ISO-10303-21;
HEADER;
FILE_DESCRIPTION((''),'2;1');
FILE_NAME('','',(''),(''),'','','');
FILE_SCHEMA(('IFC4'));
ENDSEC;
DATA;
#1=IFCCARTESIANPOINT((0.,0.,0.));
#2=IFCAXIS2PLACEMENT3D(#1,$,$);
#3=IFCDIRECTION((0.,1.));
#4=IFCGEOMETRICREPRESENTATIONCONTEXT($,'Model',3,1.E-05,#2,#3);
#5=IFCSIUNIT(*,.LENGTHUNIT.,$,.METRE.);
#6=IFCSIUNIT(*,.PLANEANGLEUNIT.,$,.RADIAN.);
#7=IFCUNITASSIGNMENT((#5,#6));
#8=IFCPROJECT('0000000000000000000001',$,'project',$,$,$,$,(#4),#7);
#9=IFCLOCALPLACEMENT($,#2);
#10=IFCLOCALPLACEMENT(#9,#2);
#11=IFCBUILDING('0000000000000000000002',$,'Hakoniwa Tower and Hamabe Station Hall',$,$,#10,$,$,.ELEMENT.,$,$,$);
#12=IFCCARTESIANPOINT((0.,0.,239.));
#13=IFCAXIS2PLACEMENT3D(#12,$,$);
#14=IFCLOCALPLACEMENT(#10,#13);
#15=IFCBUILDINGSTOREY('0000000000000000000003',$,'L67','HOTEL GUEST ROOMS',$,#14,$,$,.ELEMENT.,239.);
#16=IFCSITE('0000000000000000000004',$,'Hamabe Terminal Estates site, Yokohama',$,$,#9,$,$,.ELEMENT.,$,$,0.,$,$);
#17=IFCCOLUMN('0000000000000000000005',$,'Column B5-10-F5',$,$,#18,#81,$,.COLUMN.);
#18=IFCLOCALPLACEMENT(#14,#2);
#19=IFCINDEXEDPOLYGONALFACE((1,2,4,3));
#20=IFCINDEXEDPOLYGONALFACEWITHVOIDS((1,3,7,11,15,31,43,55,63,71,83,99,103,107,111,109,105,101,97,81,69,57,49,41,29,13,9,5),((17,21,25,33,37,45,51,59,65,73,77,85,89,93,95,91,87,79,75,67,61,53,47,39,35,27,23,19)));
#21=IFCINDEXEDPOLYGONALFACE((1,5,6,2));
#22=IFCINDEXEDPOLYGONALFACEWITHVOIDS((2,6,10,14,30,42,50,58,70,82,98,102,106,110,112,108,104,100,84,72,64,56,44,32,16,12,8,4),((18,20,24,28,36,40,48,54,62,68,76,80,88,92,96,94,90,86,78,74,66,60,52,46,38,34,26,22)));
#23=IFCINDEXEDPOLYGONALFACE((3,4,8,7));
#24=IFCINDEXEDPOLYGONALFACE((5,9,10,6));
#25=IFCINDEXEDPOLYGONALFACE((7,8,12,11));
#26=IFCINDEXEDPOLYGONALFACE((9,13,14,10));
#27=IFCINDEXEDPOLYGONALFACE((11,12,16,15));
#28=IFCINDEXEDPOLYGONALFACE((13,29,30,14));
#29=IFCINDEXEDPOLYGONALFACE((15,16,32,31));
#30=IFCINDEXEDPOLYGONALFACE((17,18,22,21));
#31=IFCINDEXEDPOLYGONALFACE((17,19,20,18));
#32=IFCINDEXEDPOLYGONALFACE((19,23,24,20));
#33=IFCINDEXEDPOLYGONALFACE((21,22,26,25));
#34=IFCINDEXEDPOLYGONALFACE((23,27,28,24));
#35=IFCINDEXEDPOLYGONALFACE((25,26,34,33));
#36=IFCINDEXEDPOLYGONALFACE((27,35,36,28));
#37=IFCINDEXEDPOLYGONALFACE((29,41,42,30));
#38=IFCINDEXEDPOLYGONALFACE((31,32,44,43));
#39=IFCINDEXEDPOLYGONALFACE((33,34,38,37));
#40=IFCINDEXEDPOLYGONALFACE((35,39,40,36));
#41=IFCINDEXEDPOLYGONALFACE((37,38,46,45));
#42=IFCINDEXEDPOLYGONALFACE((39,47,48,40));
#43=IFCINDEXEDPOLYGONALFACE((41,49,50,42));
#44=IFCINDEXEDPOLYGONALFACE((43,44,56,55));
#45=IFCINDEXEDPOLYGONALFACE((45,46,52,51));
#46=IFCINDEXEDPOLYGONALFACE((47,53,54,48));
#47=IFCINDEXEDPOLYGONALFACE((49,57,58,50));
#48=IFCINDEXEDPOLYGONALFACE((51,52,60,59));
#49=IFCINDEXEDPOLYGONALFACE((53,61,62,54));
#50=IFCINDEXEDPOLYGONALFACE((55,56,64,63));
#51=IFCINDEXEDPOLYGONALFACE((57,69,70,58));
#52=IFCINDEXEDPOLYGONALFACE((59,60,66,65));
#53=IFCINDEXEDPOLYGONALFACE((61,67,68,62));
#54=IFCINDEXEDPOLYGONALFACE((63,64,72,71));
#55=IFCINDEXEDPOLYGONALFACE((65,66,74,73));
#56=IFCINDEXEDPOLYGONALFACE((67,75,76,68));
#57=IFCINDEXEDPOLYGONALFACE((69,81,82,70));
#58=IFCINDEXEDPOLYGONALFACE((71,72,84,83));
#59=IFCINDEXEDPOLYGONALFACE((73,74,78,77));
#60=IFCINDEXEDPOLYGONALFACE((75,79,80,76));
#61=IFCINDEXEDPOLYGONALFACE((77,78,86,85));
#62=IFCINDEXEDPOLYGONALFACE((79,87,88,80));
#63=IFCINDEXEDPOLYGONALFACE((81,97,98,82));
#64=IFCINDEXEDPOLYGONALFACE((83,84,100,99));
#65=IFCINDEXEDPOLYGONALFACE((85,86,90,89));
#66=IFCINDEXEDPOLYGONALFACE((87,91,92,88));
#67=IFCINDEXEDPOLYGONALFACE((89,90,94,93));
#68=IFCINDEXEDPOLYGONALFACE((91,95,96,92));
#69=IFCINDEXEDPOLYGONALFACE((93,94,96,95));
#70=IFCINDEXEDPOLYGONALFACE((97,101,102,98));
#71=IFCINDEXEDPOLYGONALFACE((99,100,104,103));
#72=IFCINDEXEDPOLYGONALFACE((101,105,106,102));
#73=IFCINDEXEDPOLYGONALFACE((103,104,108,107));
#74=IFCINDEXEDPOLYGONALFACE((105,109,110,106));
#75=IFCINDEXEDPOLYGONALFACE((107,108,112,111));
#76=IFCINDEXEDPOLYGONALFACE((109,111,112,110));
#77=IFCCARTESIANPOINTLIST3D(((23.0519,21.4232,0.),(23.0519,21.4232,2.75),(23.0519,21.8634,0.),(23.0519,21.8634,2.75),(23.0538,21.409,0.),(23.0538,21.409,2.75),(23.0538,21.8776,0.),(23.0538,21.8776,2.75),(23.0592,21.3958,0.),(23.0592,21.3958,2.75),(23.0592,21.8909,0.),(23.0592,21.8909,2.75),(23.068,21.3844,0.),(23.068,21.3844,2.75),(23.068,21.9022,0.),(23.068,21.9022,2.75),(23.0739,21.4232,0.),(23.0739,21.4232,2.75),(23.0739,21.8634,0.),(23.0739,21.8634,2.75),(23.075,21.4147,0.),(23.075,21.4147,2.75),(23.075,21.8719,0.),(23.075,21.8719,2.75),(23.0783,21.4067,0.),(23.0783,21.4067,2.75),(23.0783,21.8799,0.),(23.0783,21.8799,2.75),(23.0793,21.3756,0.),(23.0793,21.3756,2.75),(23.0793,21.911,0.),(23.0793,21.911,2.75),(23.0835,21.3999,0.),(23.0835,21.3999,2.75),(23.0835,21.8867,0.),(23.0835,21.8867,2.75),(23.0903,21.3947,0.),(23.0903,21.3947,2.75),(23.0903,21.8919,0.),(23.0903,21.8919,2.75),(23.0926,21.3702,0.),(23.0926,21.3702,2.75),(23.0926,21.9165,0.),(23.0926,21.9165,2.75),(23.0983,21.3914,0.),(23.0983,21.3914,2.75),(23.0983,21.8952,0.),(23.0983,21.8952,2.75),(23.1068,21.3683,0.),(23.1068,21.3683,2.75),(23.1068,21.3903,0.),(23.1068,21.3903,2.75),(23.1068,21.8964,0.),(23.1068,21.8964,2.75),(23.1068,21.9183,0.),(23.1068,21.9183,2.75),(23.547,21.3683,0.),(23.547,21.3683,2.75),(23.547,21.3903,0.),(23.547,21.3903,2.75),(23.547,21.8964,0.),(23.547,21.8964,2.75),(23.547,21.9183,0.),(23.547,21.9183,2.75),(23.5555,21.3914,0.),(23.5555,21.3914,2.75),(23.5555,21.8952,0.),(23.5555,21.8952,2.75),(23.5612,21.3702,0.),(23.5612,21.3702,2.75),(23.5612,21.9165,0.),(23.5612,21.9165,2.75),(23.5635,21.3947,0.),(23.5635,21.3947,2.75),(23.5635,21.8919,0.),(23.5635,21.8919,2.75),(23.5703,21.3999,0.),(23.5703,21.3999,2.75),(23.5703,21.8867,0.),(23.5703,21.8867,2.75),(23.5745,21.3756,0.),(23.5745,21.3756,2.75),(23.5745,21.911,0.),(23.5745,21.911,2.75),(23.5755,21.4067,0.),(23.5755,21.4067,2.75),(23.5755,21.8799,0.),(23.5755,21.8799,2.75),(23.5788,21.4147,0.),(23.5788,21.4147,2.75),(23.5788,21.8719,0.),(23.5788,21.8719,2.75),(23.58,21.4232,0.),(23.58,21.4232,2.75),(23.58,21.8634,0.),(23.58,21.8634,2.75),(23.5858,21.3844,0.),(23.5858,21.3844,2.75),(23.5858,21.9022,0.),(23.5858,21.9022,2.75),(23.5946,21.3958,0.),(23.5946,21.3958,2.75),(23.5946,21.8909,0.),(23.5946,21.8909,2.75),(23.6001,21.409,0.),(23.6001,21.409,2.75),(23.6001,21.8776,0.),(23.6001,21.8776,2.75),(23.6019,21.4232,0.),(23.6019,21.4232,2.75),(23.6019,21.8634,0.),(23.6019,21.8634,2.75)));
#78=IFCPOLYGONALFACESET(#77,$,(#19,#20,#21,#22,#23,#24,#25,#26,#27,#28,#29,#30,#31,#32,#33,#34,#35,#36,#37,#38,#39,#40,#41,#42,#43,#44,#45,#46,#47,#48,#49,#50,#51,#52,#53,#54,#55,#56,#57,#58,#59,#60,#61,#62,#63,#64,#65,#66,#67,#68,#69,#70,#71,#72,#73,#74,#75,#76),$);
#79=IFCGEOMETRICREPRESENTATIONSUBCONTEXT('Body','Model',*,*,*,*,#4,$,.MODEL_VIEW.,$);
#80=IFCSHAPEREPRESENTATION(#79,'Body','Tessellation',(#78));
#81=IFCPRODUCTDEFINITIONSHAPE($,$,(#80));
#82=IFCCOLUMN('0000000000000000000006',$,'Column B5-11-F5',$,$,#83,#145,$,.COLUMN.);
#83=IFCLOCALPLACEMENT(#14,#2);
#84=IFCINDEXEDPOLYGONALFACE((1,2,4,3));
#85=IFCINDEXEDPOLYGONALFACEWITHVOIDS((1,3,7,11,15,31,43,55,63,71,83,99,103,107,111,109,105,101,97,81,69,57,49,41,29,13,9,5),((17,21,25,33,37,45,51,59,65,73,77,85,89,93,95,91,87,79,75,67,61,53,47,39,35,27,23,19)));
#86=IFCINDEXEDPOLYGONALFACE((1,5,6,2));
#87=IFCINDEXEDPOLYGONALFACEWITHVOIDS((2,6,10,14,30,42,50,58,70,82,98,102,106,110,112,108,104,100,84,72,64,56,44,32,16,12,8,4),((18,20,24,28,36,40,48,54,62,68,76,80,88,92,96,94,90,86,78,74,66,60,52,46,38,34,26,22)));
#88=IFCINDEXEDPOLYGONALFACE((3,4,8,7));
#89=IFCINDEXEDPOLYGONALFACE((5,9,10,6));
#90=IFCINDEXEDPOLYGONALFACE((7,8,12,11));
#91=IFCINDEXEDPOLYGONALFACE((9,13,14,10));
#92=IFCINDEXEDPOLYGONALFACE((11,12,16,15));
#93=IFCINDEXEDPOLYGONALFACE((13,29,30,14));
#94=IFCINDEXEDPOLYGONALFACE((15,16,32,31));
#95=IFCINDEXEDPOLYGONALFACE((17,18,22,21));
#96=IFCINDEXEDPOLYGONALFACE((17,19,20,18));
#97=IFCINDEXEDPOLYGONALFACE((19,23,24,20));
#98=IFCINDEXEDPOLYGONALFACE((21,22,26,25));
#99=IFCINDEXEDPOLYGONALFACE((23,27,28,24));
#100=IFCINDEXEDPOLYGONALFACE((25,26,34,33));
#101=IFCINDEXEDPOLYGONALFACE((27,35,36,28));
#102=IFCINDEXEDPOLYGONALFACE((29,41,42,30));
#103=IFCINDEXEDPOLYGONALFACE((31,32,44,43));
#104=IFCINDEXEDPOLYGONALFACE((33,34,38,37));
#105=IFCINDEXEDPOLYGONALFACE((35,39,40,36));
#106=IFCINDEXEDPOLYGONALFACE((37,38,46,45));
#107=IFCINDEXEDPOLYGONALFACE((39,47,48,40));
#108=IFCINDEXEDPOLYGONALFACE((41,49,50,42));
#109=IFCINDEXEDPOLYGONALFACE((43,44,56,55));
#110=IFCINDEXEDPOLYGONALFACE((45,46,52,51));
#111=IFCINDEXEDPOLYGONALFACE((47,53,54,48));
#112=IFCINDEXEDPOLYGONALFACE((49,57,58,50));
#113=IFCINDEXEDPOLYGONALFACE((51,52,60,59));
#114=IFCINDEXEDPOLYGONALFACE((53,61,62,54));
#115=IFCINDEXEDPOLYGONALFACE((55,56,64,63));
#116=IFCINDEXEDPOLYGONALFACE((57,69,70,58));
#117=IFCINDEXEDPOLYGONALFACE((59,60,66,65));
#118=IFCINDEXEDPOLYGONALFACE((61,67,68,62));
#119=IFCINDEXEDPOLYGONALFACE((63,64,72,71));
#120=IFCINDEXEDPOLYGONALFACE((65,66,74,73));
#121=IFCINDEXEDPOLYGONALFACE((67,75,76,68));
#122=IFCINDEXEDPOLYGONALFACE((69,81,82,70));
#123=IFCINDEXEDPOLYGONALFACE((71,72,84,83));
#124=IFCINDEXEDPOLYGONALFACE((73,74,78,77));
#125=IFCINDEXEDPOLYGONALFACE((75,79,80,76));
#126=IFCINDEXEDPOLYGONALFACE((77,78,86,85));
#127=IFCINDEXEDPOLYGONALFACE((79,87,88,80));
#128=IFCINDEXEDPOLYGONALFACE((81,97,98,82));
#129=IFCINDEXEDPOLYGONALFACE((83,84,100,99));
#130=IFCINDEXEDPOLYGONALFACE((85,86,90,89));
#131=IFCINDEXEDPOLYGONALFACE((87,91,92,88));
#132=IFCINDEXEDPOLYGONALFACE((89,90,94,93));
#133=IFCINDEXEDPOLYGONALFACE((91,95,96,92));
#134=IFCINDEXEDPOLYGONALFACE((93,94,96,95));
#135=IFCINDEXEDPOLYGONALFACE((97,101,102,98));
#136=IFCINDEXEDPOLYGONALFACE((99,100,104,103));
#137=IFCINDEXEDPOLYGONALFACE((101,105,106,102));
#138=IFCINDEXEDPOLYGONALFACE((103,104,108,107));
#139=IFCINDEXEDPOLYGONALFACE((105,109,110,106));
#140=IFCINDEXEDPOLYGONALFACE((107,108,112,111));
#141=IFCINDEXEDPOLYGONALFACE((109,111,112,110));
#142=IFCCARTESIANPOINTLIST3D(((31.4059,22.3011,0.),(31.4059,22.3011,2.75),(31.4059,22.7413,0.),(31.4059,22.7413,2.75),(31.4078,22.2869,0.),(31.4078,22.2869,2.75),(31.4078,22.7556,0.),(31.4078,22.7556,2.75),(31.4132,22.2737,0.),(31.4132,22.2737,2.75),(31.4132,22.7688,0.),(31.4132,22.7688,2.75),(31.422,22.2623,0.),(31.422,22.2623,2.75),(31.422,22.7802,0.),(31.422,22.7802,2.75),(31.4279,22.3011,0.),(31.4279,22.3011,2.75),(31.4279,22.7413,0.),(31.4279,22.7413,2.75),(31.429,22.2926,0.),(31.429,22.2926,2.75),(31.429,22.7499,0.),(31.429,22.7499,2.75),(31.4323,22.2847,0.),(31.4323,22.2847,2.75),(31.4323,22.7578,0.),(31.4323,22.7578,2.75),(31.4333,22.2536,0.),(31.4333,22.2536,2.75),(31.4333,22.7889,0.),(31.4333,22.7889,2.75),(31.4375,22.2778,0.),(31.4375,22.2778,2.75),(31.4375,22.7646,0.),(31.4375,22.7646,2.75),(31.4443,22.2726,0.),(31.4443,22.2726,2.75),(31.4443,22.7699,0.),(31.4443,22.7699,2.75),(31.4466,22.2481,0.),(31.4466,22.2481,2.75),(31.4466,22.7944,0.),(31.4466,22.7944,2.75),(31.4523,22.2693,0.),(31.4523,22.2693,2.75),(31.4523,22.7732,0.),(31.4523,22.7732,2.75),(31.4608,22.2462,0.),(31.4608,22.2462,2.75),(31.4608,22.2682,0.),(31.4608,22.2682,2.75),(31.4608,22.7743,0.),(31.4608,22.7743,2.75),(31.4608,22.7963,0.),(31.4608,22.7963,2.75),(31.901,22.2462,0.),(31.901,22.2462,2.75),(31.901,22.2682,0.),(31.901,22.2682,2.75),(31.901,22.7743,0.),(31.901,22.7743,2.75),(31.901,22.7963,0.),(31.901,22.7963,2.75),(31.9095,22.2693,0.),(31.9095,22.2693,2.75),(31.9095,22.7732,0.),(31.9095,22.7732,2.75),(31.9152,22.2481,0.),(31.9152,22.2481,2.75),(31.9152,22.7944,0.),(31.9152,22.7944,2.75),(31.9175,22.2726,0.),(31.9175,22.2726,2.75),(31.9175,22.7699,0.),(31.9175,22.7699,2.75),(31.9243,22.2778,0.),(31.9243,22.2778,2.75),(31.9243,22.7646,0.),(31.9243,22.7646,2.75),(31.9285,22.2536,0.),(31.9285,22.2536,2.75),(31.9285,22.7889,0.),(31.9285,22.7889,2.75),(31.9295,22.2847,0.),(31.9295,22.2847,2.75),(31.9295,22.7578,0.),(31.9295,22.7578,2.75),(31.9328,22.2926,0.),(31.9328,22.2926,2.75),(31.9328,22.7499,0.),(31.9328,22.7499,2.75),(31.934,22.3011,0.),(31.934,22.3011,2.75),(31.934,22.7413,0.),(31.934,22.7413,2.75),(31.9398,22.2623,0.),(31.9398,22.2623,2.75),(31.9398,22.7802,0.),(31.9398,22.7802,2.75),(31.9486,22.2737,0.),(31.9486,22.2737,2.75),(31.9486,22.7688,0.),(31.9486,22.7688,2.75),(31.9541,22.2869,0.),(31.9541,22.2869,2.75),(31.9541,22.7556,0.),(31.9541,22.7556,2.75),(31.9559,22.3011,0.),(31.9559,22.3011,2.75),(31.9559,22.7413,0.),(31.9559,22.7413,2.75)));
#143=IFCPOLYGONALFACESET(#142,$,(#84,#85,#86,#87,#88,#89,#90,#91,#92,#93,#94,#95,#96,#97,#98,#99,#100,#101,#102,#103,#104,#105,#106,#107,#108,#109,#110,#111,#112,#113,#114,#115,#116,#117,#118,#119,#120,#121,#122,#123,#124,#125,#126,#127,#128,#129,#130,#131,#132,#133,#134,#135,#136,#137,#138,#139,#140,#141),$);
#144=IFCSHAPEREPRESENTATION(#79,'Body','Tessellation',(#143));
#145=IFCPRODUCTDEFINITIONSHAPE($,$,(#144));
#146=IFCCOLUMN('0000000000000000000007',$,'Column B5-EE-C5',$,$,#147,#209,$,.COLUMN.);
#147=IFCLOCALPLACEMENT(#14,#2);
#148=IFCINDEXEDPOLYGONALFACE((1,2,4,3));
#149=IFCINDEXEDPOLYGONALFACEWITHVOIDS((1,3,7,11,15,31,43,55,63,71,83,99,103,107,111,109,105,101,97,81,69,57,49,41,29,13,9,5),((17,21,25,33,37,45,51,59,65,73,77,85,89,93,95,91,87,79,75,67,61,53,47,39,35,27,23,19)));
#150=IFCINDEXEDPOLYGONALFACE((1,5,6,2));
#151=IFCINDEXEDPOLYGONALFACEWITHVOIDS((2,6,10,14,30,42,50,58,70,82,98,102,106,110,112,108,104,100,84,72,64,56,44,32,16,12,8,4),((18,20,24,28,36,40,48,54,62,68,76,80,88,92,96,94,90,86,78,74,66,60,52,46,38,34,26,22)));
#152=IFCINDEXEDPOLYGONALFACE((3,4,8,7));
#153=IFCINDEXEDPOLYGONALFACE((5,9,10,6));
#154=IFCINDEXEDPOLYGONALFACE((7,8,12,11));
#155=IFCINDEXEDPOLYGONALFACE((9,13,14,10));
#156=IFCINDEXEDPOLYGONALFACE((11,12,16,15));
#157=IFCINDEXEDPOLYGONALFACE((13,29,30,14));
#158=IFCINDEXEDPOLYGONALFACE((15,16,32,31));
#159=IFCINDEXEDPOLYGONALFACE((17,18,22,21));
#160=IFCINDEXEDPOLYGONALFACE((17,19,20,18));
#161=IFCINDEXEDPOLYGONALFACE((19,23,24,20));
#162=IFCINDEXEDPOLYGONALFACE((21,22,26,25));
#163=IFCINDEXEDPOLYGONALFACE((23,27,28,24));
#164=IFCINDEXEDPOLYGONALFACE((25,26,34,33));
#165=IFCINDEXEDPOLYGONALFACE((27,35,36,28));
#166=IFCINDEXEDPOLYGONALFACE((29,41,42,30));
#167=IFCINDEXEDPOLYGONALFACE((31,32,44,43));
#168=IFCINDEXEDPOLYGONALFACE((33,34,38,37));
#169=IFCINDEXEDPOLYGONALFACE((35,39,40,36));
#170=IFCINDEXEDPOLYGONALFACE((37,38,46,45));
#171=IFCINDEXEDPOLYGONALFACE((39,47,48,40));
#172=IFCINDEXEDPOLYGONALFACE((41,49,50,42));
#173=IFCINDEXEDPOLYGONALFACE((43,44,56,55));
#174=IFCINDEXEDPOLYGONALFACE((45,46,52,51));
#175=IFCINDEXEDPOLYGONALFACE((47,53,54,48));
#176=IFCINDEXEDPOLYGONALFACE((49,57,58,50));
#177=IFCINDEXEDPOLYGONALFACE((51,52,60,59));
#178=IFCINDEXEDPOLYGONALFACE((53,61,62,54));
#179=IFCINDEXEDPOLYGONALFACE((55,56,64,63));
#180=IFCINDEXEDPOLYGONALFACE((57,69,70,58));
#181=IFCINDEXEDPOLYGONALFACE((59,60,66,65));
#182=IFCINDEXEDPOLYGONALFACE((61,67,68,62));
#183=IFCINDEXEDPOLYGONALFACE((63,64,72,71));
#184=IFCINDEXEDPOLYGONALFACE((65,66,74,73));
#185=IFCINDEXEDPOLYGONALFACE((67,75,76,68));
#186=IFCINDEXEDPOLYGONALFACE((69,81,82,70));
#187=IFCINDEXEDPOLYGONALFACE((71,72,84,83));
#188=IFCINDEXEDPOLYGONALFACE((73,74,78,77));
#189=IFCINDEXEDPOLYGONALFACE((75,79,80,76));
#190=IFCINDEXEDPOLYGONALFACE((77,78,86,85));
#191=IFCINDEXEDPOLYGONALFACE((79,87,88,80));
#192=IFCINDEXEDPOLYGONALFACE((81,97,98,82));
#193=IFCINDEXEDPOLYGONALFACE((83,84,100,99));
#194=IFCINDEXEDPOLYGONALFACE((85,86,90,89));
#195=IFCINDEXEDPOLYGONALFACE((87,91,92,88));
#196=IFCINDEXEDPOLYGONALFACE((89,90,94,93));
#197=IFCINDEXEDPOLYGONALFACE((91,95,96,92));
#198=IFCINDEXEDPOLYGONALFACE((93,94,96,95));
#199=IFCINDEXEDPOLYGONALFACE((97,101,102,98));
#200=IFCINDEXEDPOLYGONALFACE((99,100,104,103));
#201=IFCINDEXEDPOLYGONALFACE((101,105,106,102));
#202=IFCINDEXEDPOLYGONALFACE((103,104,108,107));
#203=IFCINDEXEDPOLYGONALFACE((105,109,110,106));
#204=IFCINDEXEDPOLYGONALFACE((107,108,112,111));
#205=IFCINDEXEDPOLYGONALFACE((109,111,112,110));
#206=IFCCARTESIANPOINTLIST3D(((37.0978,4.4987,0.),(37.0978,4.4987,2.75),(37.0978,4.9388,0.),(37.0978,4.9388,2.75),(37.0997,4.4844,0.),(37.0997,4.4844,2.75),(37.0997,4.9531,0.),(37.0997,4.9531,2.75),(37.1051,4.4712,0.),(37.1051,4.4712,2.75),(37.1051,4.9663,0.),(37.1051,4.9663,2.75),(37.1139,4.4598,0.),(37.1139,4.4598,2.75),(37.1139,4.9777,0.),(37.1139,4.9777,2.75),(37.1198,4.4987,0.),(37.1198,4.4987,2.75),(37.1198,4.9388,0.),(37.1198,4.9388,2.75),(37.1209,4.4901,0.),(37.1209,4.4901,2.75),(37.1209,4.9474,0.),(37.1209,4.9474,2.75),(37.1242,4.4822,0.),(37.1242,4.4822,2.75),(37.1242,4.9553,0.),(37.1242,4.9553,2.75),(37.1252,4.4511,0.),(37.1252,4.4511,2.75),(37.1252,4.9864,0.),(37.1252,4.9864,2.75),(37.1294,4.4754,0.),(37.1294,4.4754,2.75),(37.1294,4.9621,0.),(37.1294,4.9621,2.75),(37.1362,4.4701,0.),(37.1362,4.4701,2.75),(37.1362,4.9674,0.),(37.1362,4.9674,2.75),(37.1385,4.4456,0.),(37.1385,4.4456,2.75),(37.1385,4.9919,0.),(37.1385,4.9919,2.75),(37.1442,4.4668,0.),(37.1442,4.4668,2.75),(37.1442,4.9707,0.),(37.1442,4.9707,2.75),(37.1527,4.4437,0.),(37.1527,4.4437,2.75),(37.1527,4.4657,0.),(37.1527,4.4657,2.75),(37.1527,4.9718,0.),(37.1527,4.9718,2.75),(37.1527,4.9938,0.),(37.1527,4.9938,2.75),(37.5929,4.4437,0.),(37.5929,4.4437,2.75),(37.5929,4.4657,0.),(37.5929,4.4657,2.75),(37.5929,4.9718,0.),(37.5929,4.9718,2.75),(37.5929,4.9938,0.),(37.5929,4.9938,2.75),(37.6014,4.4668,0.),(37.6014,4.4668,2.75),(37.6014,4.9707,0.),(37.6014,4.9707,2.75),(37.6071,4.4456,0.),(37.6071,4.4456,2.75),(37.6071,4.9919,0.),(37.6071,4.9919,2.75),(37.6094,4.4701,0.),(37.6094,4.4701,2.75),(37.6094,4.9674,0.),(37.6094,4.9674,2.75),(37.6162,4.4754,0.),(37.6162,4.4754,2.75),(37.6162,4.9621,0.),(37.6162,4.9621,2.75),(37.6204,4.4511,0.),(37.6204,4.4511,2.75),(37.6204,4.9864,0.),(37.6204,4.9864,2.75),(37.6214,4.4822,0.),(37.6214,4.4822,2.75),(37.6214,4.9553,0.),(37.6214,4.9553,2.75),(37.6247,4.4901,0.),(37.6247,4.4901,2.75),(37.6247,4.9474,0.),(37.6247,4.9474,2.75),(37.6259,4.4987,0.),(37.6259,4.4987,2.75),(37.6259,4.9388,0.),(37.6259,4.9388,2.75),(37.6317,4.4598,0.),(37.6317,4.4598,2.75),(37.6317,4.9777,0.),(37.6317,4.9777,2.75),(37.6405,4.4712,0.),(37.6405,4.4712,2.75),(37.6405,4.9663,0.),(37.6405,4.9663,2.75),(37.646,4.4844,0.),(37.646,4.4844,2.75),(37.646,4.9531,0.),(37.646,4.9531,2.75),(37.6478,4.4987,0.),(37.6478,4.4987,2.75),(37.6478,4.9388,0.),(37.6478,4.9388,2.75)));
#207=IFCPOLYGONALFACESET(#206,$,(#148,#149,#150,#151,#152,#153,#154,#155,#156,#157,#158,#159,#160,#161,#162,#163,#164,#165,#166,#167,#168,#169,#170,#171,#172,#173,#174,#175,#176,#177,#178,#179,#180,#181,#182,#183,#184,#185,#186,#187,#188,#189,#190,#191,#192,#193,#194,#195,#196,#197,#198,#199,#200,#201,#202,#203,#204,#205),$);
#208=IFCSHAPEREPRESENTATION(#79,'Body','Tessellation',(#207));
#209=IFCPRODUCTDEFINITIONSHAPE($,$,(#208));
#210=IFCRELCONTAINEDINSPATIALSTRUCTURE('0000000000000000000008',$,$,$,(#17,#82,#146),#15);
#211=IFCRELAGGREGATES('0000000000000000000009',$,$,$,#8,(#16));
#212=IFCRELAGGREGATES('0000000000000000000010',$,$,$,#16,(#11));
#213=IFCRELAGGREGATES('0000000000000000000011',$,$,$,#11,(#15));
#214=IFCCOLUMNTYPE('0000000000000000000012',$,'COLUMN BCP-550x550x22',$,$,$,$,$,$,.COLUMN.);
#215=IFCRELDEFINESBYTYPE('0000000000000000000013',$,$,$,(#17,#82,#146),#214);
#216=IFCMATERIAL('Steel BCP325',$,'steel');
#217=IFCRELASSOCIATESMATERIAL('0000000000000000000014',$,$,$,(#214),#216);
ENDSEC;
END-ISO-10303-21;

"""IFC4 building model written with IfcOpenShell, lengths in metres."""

from ifc_helpers import new_model, si_unit, direction, frame, origin, origin_2d, place, context, subcontext, project, spatial, hollow_rectangle, extrude, material, material_profile, profile_set, type_object, element, save


model = new_model("IFC4")

# Units and contexts
model_context = context("Model", 3, precision=1e-05, world=origin(), true_north=direction((0.0, 1.0)))
body_context = subcontext(model_context, "Body", "Model", "MODEL_VIEW")
ifc_project = project(units=[si_unit("LENGTHUNIT", "METRE"), si_unit("PLANEANGLEUNIT", "RADIAN")], contexts=[model_context])

# Site, building, storey
site_placement = place(None, origin())
site = spatial("IfcSite", under=ifc_project, at=site_placement, Name="Hamabe Terminal Estates site, Yokohama", CompositionType="ELEMENT", RefElevation=0.0)
building_placement = place(site_placement, origin())
building = spatial("IfcBuilding", under=site, at=building_placement, Name="Hakoniwa Tower and Hamabe Station Hall", CompositionType="ELEMENT")
storey_placement = place(building_placement, frame((0.0, 0.0, 239.0)))
storey = spatial("IfcBuildingStorey", under=building, at=storey_placement, Name="L67", Description="HOTEL GUEST ROOMS", CompositionType="ELEMENT", Elevation=239.0)

# Columns
ifc_material_1 = material(Name="Steel BCP325", Category="steel")
ifc_material_profile_1 = material_profile(ifc_material_1, hollow_rectangle(XDim=0.55, YDim=0.55, WallThickness=0.022, InnerFilletRadius=0.033, OuterFilletRadius=0.0549, at=origin_2d()), Name="BCP-550x550x22")
ifc_profile_set_1 = profile_set([ifc_material_profile_1], Name="Steel BCP325")
column_type = type_object("IfcColumnType", Name="COLUMN BCP-550x550x22", PredefinedType="COLUMN", material=ifc_profile_set_1)
for number, where, z_axis, x_axis, name in (
    (1, (23.3269, 21.6433, 0.0), (0.0, 0.0, 1.0), (1.0, 0.0, 0.0), "Column B5-10-F5"),
    (2, (31.6809, 22.5212, 0.0), (0.0, 0.0, 1.0), (1.0, 0.0, 0.0), "Column B5-11-F5"),
    (3, (37.3728, 4.7188, 0.0), (0.0, 0.0, 1.0), (1.0, 0.0, 0.0), "Column B5-EE-C5"),
):
    element("IfcColumn", number, at=place(storey_placement, frame(where, z_axis=z_axis, x_axis=x_axis)), inside=storey, type_object=column_type, Name=name, PredefinedType="COLUMN", context=body_context, shape_type="SweptSolid", body=[
        extrude(hollow_rectangle(XDim=0.55, YDim=0.55, WallThickness=0.022, InnerFilletRadius=0.033, OuterFilletRadius=0.0549, at=origin_2d()), origin(), (0.0, 0.0, 1.0), 2.75),
    ])

save(model, "model.ifc")
